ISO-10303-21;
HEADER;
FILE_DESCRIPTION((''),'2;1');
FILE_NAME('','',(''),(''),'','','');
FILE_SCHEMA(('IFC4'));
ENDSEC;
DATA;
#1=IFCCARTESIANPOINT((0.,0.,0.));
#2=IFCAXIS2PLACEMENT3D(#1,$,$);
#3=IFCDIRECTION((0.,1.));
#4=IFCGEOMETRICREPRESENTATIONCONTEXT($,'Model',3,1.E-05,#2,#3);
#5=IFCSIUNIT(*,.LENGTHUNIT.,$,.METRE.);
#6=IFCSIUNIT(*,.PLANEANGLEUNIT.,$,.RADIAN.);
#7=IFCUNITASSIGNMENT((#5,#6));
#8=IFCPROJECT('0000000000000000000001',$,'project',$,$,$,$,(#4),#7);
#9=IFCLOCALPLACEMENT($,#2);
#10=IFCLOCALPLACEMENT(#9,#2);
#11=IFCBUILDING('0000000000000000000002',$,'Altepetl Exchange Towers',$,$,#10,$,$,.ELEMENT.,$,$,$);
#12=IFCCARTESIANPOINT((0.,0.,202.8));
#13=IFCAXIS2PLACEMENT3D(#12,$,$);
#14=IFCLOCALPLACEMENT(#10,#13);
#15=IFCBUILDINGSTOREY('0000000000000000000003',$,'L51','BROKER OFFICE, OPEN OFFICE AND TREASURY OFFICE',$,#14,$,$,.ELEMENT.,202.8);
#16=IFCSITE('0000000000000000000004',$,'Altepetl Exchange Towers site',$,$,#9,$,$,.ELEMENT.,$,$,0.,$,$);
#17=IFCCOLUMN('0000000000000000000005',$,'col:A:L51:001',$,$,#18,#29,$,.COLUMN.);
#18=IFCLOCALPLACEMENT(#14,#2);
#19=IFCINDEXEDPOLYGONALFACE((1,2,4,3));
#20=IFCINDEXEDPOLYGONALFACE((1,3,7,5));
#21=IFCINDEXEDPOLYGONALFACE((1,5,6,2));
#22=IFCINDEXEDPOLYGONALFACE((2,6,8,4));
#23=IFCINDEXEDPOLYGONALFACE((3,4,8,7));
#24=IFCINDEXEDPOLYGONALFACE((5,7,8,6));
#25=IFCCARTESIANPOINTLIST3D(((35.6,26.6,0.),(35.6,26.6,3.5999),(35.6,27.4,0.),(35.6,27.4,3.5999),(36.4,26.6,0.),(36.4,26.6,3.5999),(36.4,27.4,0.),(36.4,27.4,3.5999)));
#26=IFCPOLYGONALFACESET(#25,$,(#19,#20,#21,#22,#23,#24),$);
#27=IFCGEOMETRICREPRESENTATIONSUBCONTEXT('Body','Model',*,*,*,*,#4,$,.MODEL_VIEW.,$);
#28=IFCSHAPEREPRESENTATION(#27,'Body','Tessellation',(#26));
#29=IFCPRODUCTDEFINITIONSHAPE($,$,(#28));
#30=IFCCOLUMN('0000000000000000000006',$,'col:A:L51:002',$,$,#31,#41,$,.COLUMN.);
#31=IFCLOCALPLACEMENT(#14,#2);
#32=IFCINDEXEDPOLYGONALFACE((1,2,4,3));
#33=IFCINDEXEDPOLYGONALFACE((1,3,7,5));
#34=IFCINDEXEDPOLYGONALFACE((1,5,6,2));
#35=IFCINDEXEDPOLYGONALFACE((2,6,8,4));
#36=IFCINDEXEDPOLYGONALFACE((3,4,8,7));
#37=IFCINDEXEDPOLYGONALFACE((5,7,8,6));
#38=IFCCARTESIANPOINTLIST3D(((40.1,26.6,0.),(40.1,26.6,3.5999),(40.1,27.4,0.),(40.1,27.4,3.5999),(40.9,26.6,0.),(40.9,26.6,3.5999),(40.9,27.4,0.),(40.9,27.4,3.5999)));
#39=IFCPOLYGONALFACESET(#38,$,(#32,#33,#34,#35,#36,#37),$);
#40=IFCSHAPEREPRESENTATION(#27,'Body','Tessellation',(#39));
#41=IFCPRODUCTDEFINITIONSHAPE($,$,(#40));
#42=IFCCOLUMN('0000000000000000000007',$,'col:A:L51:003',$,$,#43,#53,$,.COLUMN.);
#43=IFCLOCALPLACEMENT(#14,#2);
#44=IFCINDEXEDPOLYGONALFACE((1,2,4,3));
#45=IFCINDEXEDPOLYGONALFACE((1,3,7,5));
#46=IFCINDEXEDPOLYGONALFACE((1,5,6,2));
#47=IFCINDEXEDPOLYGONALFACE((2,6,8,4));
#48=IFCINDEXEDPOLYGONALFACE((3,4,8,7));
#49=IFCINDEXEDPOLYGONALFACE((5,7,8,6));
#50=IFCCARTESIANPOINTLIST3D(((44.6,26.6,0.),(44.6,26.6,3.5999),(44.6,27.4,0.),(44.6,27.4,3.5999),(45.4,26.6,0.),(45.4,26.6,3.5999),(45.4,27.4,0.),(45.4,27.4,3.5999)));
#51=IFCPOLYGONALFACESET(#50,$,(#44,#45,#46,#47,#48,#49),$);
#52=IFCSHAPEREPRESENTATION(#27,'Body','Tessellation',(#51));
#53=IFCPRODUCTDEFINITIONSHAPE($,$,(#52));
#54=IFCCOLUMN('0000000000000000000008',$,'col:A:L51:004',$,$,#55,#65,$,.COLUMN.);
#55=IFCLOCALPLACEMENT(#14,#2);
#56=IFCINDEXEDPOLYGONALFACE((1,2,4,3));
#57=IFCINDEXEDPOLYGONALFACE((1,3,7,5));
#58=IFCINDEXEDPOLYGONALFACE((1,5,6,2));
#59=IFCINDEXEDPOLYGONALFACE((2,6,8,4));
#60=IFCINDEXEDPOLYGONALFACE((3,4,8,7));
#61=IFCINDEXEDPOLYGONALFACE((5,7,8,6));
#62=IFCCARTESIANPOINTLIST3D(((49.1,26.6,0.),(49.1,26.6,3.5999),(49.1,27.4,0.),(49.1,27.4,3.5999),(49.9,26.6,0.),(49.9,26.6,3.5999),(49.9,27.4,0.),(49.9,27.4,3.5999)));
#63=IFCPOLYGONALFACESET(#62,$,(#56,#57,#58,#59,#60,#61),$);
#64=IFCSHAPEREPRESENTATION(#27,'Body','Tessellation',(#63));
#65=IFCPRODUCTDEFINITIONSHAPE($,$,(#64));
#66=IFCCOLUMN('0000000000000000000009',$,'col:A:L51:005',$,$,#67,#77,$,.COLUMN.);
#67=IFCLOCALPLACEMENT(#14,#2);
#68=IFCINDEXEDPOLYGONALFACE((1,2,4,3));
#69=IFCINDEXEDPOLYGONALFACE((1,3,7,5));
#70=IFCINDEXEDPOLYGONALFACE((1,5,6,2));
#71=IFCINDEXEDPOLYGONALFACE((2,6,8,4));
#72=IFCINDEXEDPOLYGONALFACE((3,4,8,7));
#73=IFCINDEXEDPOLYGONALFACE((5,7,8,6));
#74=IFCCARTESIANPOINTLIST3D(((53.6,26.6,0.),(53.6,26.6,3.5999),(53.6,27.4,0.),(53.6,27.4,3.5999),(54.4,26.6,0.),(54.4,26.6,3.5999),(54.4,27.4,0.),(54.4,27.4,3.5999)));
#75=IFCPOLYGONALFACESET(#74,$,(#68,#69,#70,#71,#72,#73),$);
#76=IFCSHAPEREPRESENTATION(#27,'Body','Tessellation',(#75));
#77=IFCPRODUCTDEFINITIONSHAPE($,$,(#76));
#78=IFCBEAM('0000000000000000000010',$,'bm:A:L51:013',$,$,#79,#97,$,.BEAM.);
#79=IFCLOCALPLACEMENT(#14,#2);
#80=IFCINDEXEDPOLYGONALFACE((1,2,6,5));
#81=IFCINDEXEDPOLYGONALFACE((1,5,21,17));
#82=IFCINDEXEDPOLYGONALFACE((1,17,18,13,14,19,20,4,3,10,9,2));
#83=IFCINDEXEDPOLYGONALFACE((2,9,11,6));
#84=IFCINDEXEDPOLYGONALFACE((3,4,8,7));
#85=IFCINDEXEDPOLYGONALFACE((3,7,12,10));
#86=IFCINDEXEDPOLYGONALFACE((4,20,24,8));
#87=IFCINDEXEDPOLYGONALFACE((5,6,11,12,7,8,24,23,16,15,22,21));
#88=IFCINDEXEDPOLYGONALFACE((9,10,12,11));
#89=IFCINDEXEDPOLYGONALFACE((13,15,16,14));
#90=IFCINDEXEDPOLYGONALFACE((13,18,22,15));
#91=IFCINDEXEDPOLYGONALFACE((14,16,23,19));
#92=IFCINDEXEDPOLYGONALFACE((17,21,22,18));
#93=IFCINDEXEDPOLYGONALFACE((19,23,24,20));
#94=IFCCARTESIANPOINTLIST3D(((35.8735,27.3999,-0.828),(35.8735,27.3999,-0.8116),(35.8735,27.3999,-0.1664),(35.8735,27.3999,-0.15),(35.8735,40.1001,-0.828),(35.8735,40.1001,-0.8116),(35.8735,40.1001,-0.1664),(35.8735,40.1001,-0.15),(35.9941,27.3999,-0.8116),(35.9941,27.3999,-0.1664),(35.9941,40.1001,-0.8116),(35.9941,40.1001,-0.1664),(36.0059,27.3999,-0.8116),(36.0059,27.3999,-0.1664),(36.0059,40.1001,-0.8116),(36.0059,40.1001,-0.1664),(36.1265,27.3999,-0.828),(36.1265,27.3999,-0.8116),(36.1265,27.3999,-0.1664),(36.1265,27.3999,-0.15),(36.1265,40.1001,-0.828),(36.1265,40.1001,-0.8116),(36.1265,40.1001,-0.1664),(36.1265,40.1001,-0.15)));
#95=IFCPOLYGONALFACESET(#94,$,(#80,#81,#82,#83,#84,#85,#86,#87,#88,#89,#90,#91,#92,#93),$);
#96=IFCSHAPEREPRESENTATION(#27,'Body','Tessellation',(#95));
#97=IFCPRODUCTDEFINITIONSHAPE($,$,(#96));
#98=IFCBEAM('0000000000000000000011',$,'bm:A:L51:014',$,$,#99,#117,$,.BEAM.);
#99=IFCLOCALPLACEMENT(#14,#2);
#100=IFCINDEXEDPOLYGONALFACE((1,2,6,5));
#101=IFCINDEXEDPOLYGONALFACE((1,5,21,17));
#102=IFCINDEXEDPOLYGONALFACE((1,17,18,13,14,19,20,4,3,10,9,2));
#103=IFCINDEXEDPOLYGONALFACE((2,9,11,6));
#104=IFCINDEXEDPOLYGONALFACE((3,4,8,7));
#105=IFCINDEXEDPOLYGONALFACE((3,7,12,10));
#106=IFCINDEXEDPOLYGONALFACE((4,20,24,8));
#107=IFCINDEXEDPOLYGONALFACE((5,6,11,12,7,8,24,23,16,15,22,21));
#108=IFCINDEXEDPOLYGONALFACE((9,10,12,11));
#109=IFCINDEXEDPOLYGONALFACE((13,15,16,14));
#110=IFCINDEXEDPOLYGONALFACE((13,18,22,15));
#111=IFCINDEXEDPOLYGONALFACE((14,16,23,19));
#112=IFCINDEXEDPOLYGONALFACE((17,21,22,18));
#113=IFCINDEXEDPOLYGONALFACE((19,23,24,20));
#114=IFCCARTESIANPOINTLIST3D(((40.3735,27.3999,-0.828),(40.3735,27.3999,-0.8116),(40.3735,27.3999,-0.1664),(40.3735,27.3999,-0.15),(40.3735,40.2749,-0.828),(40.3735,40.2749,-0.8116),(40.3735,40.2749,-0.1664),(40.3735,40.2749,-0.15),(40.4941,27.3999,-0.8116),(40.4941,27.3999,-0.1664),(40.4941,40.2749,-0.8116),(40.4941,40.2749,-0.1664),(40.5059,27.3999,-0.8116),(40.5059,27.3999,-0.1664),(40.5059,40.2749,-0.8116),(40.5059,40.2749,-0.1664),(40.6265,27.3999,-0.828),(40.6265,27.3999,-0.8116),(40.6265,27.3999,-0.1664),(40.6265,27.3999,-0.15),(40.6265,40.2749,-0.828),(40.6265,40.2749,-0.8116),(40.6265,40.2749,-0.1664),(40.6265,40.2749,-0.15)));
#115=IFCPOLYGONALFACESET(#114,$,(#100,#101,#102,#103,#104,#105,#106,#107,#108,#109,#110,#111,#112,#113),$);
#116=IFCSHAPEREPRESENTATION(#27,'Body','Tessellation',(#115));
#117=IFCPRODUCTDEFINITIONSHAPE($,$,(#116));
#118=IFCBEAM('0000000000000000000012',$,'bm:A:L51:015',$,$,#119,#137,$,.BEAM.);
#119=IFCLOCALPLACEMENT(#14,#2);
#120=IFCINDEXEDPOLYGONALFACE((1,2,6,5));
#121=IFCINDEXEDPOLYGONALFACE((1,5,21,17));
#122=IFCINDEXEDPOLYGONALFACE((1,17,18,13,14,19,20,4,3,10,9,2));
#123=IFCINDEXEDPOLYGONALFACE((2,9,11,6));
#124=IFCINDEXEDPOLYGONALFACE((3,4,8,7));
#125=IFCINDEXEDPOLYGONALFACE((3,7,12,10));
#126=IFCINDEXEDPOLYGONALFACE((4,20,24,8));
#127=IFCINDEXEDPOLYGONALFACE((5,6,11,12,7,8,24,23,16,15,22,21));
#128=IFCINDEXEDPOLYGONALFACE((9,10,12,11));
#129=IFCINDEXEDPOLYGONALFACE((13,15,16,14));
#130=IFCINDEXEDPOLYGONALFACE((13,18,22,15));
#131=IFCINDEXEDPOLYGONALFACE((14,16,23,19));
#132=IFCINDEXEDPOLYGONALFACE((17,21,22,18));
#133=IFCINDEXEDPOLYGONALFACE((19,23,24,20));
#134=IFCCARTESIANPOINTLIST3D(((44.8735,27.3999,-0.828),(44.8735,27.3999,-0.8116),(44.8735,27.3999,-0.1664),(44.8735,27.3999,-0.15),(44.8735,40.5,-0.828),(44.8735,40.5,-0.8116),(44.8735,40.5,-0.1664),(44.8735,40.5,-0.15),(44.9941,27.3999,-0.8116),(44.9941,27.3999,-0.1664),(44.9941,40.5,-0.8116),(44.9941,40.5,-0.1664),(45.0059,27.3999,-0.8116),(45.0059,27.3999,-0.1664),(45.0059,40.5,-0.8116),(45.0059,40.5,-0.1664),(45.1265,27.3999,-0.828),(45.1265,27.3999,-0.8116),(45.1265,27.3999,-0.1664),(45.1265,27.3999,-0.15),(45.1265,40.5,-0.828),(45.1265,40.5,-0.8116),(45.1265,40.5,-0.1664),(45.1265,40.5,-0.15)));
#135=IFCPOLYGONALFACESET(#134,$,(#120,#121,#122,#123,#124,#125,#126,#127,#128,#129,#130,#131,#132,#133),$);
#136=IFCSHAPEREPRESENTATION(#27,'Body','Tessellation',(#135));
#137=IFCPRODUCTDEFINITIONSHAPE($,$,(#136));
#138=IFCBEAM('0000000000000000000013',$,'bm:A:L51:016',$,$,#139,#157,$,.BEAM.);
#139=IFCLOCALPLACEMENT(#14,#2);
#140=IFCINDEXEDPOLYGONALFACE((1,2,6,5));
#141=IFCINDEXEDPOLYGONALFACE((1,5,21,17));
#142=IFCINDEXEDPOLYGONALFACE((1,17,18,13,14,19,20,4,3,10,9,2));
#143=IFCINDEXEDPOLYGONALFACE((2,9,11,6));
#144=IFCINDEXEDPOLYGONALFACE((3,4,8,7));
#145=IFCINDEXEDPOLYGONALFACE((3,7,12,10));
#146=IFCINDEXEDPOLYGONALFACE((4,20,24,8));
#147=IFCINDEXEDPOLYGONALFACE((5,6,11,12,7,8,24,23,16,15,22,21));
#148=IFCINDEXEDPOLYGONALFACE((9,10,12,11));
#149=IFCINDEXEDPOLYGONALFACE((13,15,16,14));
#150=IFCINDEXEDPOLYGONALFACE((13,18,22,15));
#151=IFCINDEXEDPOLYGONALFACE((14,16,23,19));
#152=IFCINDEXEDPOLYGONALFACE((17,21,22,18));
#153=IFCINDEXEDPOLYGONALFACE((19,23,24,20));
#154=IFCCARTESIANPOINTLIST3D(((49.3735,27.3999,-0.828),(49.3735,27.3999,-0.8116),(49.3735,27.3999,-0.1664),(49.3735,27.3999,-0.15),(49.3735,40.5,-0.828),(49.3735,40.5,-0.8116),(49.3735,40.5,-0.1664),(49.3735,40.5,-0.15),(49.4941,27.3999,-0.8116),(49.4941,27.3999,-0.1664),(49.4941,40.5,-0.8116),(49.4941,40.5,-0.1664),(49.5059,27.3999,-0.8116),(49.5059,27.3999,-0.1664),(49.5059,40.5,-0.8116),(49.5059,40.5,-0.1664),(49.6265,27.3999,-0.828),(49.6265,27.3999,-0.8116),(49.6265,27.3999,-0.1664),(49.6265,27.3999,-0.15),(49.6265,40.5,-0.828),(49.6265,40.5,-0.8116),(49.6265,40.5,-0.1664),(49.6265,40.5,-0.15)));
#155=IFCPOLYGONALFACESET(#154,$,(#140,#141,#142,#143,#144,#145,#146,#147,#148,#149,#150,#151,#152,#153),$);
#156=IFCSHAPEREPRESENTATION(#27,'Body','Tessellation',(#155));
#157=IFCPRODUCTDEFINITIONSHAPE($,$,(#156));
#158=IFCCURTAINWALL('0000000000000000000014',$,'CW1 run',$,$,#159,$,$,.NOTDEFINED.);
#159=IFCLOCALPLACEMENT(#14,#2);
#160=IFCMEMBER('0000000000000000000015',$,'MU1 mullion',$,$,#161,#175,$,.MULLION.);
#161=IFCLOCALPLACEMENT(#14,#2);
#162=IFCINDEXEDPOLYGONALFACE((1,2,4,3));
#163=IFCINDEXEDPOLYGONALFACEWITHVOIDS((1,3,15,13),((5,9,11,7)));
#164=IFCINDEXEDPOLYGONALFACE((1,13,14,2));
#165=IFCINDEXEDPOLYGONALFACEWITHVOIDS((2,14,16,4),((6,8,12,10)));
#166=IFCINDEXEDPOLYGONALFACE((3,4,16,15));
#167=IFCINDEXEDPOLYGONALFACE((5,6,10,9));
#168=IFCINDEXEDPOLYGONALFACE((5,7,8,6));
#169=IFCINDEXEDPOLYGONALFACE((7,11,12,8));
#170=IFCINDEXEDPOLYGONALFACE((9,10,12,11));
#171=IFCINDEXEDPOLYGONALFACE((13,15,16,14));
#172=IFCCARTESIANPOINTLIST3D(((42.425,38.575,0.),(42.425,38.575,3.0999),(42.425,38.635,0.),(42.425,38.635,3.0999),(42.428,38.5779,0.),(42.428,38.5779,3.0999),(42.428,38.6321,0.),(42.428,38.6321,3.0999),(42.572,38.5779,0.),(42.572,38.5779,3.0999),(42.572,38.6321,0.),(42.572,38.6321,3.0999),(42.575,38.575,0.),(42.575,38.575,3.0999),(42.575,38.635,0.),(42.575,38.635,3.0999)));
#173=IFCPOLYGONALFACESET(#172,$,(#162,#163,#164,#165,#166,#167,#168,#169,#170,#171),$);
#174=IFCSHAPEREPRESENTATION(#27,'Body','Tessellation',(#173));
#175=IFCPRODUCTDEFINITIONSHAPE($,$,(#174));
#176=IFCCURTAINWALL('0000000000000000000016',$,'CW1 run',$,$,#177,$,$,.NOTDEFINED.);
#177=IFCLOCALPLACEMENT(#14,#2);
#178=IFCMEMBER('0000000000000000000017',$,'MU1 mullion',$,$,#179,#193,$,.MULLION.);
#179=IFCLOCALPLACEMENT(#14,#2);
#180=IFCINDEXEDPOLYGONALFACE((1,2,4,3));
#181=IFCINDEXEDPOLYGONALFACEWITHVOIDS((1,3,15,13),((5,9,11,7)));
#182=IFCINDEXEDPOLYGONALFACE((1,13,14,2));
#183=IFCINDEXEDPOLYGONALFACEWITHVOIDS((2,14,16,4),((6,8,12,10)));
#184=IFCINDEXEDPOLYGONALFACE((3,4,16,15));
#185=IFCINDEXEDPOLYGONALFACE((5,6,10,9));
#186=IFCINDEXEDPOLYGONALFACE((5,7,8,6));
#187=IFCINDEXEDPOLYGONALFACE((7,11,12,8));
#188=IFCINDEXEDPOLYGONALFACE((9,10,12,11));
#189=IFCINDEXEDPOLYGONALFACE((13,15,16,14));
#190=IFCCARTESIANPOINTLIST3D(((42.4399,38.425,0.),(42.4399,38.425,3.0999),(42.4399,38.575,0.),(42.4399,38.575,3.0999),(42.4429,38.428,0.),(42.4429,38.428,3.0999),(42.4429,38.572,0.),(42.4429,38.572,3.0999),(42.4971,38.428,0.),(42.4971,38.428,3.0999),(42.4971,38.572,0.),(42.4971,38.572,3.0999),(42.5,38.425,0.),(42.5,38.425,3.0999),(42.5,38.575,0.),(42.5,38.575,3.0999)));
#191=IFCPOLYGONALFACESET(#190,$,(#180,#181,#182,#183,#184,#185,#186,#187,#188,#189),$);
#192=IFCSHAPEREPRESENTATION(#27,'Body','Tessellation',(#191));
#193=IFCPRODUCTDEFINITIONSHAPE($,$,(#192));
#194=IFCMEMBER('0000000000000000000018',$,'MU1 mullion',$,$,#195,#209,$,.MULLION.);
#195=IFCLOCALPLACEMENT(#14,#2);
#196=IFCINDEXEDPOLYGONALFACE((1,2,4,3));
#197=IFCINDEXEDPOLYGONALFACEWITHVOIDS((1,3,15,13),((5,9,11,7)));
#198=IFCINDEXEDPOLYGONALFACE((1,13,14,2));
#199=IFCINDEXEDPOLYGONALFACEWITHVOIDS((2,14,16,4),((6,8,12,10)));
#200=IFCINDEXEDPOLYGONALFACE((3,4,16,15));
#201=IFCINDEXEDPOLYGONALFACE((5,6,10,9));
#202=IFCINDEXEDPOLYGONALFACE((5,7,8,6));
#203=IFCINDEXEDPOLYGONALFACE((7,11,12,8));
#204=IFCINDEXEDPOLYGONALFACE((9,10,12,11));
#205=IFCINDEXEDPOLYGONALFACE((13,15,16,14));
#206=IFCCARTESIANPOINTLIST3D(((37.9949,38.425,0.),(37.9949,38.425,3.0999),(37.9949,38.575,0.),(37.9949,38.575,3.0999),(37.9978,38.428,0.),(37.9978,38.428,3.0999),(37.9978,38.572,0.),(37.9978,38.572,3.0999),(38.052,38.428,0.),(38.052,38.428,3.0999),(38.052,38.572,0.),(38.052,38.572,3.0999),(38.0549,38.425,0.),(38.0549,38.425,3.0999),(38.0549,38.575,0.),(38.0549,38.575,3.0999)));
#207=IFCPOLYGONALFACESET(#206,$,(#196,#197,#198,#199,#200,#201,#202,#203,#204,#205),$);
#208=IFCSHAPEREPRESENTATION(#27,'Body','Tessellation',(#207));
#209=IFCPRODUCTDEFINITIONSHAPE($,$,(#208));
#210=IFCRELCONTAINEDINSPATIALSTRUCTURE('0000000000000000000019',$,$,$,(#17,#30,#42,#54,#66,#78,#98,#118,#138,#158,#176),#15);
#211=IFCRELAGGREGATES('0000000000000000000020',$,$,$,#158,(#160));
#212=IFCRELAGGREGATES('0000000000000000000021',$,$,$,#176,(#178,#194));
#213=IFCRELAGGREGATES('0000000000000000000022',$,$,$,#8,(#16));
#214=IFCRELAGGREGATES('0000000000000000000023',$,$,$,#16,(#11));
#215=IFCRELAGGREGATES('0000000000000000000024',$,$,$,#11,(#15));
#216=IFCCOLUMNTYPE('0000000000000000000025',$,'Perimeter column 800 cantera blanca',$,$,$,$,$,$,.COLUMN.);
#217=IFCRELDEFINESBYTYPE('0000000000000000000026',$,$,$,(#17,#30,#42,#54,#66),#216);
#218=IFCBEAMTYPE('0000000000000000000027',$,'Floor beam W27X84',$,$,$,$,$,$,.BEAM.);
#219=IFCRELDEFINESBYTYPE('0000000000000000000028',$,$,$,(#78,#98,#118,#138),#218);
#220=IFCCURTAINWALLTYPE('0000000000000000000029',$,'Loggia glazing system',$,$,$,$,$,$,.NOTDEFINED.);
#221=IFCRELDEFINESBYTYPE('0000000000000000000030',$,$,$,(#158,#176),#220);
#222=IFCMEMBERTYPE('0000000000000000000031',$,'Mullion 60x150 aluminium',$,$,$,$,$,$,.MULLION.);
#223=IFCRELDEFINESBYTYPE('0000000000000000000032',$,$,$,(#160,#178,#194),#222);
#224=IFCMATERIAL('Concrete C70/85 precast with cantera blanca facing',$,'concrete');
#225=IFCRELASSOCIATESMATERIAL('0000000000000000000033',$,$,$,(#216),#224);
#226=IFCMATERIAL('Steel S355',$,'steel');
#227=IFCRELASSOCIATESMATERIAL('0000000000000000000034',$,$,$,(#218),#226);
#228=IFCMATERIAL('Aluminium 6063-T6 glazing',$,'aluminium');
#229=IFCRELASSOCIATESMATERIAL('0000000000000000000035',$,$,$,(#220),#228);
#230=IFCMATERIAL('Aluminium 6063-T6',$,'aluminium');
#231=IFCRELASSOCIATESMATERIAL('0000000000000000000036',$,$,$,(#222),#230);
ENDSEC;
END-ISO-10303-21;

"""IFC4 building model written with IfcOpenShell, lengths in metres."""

from ifc_helpers import new_model, si_unit, direction, frame, origin, origin_2d, place, context, subcontext, project, spatial, rectangle, hollow_rectangle, i_section, extrude, material, material_profile, profile_set, type_object, element, aggregate, save


model = new_model("IFC4")

# Units and contexts
model_context = context("Model", 3, precision=1e-05, world=origin(), true_north=direction((0.0, 1.0)))
body_context = subcontext(model_context, "Body", "Model", "MODEL_VIEW")
ifc_project = project(units=[si_unit("LENGTHUNIT", "METRE"), si_unit("PLANEANGLEUNIT", "RADIAN")], contexts=[model_context])

# Site, building, storey
site_placement = place(None, origin())
site = spatial("IfcSite", under=ifc_project, at=site_placement, Name="Altepetl Exchange Towers site", CompositionType="ELEMENT", RefElevation=0.0)
building_placement = place(site_placement, origin())
building = spatial("IfcBuilding", under=site, at=building_placement, Name="Altepetl Exchange Towers", CompositionType="ELEMENT")
storey_placement = place(building_placement, frame((0.0, 0.0, 202.8)))
storey = spatial("IfcBuildingStorey", under=building, at=storey_placement, Name="L51", Description="BROKER OFFICE, OPEN OFFICE AND TREASURY OFFICE", CompositionType="ELEMENT", Elevation=202.8)

# Columns
ifc_material_1 = material(Name="Concrete C70/85 precast with cantera blanca facing", Category="concrete")
ifc_material_profile_1 = material_profile(ifc_material_1, rectangle(XDim=0.8, YDim=0.8, at=origin_2d()), Name="800 x 800")
ifc_profile_set_1 = profile_set([ifc_material_profile_1], Name="Concrete C70/85 precast with cantera blanca facing")
column_type = type_object("IfcColumnType", Name="Perimeter column 800 cantera blanca", PredefinedType="COLUMN", material=ifc_profile_set_1)
for number, where, name in (
    (1, (36.0, 27.0, 0.0), "col:A:L51:001"),
    (2, (40.5, 27.0, 0.0), "col:A:L51:002"),
    (3, (45.0, 27.0, 0.0), "col:A:L51:003"),
    (4, (49.5, 27.0, 0.0), "col:A:L51:004"),
    (5, (54.0, 27.0, 0.0), "col:A:L51:005"),
):
    element("IfcColumn", number, at=place(storey_placement, frame(where)), inside=storey, type_object=column_type, Name=name, PredefinedType="COLUMN", context=body_context, shape_type="SweptSolid", body=[
        extrude(rectangle(XDim=0.8, YDim=0.8, at=origin_2d()), origin(), (0.0, 0.0, 1.0), 3.5999),
    ])

# Beams
ifc_material_2 = material(Name="Steel S355", Category="steel")
ifc_material_profile_2 = material_profile(ifc_material_2, i_section(OverallWidth=0.2529, OverallDepth=0.678, WebThickness=0.0117, FlangeThickness=0.0164, at=origin_2d()), Name="W27X84")
ifc_profile_set_2 = profile_set([ifc_material_profile_2], Name="Steel S355")
beam_type_1 = type_object("IfcBeamType", Name="Floor beam W27X84", PredefinedType="BEAM", material=ifc_profile_set_2)
beam_1_placement = place(storey_placement, frame((36.0, 27.3999, -0.489), z_axis=(0.0, 1.0, 0.0), x_axis=(-1.0, 0.0, 0.0)))
element("IfcBeam", 6, at=beam_1_placement, inside=storey, type_object=beam_type_1, Name="bm:A:L51:013", PredefinedType="BEAM", context=body_context, shape_type="SweptSolid", body=[
    extrude(i_section(OverallWidth=0.2529, OverallDepth=0.678, WebThickness=0.0117, FlangeThickness=0.0164, at=origin_2d()), origin(), (0.0, 0.0, 1.0), 12.7002),
])
beam_2_placement = place(storey_placement, frame((40.5, 27.3999, -0.489), z_axis=(0.0, 1.0, 0.0), x_axis=(-1.0, 0.0, 0.0)))
element("IfcBeam", 7, at=beam_2_placement, inside=storey, type_object=beam_type_1, Name="bm:A:L51:014", PredefinedType="BEAM", context=body_context, shape_type="SweptSolid", body=[
    extrude(i_section(OverallWidth=0.2529, OverallDepth=0.678, WebThickness=0.0117, FlangeThickness=0.0164, at=origin_2d()), origin(), (0.0, 0.0, 1.0), 12.875),
])
for number, where, z_axis, x_axis, name in (
    (8, (45.0, 27.3999, -0.489), (0.0, 1.0, 0.0), (-1.0, 0.0, 0.0), "bm:A:L51:015"),
    (9, (49.5, 27.3999, -0.489), (0.0, 1.0, 0.0), (-1.0, 0.0, 0.0), "bm:A:L51:016"),
):
    element("IfcBeam", number, at=place(storey_placement, frame(where, z_axis=z_axis, x_axis=x_axis)), inside=storey, type_object=beam_type_1, Name=name, PredefinedType="BEAM", context=body_context, shape_type="SweptSolid", body=[
        extrude(i_section(OverallWidth=0.2529, OverallDepth=0.678, WebThickness=0.0117, FlangeThickness=0.0164, at=origin_2d()), origin(), (0.0, 0.0, 1.0), 13.1001),
    ])

# Curtain wall, member
ifc_material_3 = material(Name="Aluminium 6063-T6 glazing", Category="aluminium")
curtain_wall_type = type_object("IfcCurtainWallType", Name="Loggia glazing system", PredefinedType="NOTDEFINED", material=ifc_material_3)
curtain_wall_1_placement = place(storey_placement, origin())
curtain_wall_1 = element("IfcCurtainWall", 10, at=curtain_wall_1_placement, inside=storey, type_object=curtain_wall_type, Name="CW1 run", PredefinedType="NOTDEFINED")
ifc_material_4 = material(Name="Aluminium 6063-T6", Category="aluminium")
ifc_material_profile_3 = material_profile(ifc_material_4, hollow_rectangle(XDim=0.0601, YDim=0.1499, WallThickness=0.0029, at=origin_2d()), Name="Mullion 60x150 aluminium")
ifc_profile_set_3 = profile_set([ifc_material_profile_3], Name="Aluminium 6063-T6")
member_type = type_object("IfcMemberType", Name="Mullion 60x150 aluminium", PredefinedType="MULLION", material=ifc_profile_set_3)
member_1_placement = place(storey_placement, frame((42.5, 38.605, 0.0), z_axis=(0.0, 0.0, 1.0), x_axis=(0.0, -1.0, 0.0)))
member_1 = element("IfcMember", 11, at=member_1_placement, type_object=member_type, Name="MU1 mullion", PredefinedType="MULLION", context=body_context, shape_type="SweptSolid", body=[
    extrude(hollow_rectangle(XDim=0.0601, YDim=0.1499, WallThickness=0.0029, at=origin_2d()), origin(), (0.0, 0.0, 1.0), 3.0999),
])
aggregate(curtain_wall_1, [member_1])

# Curtain wall, members
curtain_wall_2_placement = place(storey_placement, origin())
curtain_wall_2 = element("IfcCurtainWall", 12, at=curtain_wall_2_placement, inside=storey, type_object=curtain_wall_type, Name="CW1 run", PredefinedType="NOTDEFINED")
member_2_placement = place(storey_placement, frame((42.47, 38.5, 0.0), z_axis=(0.0, 0.0, 1.0), x_axis=(-1.0, 0.0, 0.0)))
member_2 = element("IfcMember", 13, at=member_2_placement, type_object=member_type, Name="MU1 mullion", PredefinedType="MULLION", context=body_context, shape_type="SweptSolid", body=[
    extrude(hollow_rectangle(XDim=0.0601, YDim=0.1499, WallThickness=0.0029, at=origin_2d()), origin(), (0.0, 0.0, 1.0), 3.0999),
])
member_3_placement = place(storey_placement, frame((38.0249, 38.5, 0.0), z_axis=(0.0, 0.0, 1.0), x_axis=(-1.0, 0.0, 0.0)))
member_3 = element("IfcMember", 14, at=member_3_placement, type_object=member_type, Name="MU1 mullion", PredefinedType="MULLION", context=body_context, shape_type="SweptSolid", body=[
    extrude(hollow_rectangle(XDim=0.0601, YDim=0.1499, WallThickness=0.0029, at=origin_2d()), origin(), (0.0, 0.0, 1.0), 3.0999),
])

aggregate(curtain_wall_2, [member_2, member_3])

save(model, "model.ifc")
